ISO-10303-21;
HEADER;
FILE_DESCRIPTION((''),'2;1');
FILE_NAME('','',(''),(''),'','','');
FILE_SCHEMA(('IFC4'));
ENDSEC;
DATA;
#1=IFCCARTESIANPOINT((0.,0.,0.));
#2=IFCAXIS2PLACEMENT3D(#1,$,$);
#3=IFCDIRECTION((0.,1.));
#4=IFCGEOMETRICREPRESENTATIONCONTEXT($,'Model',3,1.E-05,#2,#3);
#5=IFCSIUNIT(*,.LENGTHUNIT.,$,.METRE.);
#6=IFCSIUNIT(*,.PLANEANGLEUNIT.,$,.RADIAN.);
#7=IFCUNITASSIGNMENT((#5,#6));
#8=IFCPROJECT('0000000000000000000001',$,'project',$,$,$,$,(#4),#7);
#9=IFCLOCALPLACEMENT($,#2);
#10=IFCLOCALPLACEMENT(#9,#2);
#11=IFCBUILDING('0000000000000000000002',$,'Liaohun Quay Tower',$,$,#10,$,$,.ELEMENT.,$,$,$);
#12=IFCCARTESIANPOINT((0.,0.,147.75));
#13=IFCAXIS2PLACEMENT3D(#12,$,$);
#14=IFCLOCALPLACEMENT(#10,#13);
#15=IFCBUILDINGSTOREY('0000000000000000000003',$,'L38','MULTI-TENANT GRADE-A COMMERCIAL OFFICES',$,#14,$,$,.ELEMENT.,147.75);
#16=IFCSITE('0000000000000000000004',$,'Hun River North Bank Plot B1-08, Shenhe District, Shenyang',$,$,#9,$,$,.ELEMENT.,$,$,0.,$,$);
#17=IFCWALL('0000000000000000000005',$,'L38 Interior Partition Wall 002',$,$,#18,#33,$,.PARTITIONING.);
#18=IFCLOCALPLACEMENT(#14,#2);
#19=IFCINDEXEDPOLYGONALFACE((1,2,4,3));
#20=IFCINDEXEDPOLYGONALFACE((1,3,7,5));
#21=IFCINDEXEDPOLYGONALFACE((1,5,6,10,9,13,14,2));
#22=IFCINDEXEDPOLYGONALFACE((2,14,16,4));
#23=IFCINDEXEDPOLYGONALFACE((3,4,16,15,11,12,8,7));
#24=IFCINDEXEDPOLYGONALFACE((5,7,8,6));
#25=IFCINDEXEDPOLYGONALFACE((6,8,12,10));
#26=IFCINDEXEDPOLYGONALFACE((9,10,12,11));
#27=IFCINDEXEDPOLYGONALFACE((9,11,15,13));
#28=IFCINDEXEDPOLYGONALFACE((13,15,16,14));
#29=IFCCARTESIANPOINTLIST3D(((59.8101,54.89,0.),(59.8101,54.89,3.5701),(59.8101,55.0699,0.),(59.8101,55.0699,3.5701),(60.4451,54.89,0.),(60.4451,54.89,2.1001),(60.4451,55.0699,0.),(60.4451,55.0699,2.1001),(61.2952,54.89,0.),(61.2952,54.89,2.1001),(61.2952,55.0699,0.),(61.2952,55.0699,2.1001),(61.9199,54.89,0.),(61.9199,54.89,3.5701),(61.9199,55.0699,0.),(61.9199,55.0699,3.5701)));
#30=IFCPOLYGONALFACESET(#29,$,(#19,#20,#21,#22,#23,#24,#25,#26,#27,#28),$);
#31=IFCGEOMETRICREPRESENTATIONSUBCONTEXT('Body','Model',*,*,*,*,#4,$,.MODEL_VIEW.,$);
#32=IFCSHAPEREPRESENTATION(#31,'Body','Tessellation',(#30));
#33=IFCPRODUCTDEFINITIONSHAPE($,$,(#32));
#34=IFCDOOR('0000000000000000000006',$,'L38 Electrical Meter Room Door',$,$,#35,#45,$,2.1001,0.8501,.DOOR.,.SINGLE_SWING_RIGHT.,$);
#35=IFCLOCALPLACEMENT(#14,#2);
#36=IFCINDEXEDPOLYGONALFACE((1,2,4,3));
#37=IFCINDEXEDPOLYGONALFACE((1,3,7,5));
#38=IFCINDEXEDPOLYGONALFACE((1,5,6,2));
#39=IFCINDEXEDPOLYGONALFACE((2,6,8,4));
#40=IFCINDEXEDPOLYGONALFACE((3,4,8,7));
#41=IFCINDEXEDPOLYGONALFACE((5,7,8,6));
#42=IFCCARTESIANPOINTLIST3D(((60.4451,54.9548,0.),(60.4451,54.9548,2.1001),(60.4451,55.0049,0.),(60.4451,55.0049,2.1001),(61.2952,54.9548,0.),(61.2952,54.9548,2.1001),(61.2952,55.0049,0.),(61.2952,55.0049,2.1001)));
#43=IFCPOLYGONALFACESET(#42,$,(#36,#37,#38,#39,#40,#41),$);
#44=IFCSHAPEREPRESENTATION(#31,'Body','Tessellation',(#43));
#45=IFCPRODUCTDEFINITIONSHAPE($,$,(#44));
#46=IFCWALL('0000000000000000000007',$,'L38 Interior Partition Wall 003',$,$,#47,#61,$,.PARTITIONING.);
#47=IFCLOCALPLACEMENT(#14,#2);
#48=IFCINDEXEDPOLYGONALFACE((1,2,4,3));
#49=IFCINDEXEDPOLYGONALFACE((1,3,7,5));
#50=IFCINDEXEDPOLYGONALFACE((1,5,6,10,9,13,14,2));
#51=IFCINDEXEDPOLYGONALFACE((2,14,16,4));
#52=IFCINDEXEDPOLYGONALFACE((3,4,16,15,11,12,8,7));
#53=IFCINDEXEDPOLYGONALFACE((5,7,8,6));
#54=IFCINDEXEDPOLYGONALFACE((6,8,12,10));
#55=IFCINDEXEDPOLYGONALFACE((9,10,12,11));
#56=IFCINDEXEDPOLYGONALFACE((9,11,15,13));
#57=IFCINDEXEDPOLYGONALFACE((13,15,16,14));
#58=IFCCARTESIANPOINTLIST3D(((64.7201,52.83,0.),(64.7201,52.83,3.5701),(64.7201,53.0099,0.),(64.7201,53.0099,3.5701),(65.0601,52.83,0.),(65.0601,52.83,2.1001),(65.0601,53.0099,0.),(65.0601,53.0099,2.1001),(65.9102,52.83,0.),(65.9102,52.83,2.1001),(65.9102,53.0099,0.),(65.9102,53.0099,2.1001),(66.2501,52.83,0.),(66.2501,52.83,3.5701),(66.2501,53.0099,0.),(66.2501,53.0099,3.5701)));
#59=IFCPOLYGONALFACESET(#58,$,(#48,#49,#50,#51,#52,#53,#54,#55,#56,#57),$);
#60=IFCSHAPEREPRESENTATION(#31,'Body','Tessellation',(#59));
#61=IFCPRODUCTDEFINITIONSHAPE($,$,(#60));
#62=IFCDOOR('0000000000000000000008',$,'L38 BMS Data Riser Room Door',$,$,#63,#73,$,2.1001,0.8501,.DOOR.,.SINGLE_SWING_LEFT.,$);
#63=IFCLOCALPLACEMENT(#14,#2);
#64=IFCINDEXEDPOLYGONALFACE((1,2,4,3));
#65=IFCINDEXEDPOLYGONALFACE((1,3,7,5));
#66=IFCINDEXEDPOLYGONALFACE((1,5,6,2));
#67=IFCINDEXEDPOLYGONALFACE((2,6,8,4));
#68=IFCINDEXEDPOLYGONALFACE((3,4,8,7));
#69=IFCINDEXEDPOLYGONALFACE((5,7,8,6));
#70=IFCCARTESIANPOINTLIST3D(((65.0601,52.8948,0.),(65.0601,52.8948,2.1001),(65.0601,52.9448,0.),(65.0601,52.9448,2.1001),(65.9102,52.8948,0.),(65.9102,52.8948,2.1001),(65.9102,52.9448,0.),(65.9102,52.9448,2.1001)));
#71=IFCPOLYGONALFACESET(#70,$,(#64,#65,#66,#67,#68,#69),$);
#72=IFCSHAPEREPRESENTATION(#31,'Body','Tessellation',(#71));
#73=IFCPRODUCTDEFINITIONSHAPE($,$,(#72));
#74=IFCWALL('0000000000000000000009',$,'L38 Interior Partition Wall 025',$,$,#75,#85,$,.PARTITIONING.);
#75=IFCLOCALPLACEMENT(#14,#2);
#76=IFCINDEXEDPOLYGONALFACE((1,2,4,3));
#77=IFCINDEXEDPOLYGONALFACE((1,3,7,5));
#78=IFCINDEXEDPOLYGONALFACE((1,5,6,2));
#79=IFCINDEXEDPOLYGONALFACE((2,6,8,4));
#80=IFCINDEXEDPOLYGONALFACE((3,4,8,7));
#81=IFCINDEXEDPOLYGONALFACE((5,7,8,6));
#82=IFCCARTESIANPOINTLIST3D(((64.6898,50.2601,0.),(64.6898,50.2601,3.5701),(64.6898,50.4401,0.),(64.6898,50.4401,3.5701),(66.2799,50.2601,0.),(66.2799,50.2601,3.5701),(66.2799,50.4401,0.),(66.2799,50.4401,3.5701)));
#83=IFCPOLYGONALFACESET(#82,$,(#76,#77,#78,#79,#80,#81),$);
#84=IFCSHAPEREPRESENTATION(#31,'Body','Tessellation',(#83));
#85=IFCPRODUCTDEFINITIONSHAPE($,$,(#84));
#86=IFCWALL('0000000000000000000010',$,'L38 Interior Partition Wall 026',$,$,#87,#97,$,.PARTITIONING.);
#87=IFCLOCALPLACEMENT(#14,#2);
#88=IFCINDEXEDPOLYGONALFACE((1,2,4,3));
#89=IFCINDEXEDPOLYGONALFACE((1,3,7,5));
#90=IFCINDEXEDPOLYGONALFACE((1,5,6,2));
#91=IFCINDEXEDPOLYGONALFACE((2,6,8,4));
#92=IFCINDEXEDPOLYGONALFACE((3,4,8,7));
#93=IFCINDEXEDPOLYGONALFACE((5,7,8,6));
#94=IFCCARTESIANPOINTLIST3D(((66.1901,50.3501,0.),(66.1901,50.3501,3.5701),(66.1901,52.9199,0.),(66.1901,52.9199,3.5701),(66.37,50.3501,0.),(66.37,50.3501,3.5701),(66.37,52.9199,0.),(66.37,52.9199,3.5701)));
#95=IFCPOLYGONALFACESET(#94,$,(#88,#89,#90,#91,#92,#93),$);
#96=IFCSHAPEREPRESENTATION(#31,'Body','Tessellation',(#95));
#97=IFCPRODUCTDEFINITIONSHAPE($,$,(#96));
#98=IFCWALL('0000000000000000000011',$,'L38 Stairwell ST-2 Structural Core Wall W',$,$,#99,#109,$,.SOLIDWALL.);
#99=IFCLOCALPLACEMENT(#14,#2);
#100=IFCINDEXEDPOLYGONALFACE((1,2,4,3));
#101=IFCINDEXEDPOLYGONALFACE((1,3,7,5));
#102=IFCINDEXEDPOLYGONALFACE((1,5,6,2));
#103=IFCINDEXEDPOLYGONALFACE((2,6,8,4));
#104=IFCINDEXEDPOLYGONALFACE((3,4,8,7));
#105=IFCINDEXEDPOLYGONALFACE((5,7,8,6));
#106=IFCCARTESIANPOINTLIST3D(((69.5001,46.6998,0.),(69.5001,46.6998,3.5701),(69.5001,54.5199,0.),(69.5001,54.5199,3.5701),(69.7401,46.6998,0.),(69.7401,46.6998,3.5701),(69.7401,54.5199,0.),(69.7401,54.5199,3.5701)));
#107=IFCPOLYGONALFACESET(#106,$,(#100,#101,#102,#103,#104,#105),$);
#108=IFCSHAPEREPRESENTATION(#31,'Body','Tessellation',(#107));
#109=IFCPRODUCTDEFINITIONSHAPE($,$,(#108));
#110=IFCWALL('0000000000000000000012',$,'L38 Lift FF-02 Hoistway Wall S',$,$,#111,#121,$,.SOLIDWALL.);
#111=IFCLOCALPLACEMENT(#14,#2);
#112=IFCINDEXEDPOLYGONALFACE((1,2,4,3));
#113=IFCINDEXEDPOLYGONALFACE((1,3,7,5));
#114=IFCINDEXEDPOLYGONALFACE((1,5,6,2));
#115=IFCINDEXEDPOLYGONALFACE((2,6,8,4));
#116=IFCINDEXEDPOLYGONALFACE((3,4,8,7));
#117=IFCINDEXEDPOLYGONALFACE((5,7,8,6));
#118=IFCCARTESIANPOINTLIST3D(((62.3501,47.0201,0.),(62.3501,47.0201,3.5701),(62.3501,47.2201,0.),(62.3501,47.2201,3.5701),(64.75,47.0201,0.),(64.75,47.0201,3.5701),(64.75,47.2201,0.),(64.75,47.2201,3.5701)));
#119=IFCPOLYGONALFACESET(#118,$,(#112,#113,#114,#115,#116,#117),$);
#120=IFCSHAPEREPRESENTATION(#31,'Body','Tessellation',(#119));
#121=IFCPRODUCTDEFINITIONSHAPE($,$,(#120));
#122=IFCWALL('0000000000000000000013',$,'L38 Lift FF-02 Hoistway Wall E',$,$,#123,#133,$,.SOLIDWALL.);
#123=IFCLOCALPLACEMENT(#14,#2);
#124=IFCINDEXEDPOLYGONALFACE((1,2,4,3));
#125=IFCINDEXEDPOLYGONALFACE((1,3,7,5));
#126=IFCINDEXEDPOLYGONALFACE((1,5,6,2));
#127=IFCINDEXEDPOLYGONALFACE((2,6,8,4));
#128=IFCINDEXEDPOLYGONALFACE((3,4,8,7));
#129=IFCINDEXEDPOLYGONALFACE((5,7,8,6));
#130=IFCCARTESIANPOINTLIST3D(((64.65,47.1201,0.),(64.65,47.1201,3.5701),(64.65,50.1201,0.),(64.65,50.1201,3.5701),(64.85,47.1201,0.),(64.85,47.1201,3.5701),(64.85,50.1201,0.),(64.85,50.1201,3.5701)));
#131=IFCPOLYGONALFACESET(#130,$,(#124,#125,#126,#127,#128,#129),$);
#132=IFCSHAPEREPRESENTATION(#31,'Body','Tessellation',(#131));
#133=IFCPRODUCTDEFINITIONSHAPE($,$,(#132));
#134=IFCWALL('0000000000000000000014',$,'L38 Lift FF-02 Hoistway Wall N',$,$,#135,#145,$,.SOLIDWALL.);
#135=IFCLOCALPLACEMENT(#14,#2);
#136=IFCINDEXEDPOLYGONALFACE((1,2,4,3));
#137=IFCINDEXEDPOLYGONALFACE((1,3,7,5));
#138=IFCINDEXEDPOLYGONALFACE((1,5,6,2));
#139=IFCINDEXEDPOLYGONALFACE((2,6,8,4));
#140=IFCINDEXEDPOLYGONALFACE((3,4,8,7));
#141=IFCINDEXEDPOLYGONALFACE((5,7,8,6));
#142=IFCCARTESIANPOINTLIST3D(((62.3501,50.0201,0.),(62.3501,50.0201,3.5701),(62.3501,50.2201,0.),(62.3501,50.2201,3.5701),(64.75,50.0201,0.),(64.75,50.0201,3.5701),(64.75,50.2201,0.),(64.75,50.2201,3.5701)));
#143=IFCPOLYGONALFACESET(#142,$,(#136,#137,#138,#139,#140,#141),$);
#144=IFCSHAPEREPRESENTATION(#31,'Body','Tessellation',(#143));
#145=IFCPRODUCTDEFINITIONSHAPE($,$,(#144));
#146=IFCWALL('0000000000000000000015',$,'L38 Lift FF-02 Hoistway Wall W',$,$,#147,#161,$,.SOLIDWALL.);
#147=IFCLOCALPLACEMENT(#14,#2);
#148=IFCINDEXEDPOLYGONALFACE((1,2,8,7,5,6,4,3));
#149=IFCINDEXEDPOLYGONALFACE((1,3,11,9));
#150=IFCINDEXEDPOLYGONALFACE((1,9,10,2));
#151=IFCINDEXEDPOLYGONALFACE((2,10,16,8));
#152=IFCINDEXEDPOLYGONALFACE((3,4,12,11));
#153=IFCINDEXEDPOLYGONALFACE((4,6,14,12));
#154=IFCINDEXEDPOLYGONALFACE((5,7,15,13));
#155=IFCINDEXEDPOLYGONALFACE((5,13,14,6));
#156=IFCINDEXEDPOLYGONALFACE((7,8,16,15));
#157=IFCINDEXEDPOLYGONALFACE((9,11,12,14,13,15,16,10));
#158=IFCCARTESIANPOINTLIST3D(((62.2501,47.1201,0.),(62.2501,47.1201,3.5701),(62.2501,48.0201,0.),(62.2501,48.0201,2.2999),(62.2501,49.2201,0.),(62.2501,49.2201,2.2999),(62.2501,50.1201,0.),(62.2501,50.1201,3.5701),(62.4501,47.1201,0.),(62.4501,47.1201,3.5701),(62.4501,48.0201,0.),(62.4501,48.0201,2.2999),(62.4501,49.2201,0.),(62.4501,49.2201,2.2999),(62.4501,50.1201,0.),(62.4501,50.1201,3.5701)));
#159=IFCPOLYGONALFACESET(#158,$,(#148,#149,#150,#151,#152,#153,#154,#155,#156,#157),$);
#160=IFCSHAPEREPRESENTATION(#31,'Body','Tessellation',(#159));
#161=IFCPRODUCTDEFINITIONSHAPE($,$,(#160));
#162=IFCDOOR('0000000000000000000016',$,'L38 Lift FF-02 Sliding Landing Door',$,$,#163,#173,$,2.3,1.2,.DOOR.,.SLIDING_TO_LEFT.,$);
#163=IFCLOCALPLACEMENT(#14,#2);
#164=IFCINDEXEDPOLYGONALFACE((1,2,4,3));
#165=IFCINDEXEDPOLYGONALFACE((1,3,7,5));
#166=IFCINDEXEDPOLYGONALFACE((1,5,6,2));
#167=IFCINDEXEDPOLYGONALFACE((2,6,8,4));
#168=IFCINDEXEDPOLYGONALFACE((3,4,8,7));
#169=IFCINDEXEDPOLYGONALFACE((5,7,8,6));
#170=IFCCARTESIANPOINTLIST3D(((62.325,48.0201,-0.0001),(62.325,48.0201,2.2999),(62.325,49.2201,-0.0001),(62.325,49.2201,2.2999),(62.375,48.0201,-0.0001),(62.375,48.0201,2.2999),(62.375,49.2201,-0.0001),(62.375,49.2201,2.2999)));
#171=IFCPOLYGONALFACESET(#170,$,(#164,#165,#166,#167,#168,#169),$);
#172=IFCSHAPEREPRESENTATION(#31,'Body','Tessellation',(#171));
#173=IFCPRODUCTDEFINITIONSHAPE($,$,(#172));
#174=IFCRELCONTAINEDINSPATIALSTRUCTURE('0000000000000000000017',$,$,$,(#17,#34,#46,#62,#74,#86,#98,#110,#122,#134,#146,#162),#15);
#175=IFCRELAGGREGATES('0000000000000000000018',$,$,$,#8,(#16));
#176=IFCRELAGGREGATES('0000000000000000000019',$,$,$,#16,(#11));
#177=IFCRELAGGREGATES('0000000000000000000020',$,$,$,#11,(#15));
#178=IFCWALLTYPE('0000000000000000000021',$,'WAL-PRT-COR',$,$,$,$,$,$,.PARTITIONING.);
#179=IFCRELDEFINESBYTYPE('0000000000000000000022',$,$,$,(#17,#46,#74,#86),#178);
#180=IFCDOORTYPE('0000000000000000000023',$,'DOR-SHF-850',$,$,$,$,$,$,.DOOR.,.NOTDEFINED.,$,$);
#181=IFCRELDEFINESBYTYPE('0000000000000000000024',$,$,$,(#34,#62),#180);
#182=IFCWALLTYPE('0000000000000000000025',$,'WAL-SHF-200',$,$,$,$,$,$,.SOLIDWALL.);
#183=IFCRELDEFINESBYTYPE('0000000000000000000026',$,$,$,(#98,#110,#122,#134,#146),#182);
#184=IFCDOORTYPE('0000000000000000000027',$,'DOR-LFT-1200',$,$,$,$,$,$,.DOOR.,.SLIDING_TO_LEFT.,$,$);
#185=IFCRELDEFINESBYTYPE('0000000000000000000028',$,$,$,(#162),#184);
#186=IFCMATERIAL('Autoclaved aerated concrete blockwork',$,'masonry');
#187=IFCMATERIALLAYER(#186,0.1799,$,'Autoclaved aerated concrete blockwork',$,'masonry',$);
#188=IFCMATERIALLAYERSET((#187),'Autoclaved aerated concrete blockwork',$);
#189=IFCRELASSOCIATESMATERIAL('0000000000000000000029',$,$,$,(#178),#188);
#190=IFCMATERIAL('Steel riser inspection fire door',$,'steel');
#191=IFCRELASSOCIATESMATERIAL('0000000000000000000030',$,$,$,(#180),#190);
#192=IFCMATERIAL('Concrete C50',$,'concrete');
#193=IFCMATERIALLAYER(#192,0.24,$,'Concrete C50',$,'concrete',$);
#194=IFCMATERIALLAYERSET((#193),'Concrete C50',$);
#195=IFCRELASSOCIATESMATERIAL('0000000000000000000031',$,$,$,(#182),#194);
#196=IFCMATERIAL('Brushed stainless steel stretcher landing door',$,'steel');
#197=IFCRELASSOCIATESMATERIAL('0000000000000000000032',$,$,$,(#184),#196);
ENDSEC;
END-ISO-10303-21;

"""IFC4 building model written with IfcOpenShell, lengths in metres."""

from ifc_helpers import new_model, si_unit, direction, frame, frame_2d, origin, place, context, subcontext, project, spatial, rectangle, extrude, source, transform, mapped, material, layer, layer_set, type_object, element, fill, save


model = new_model("IFC4")

# Units and contexts
model_context = context("Model", 3, precision=1e-05, world=origin(), true_north=direction((0.0, 1.0)))
body_context = subcontext(model_context, "Body", "Model", "MODEL_VIEW")
ifc_project = project(units=[si_unit("LENGTHUNIT", "METRE"), si_unit("PLANEANGLEUNIT", "RADIAN")], contexts=[model_context])

# Site, building, storey
site_placement = place(None, origin())
site = spatial("IfcSite", under=ifc_project, at=site_placement, Name="Hun River North Bank Plot B1-08, Shenhe District, Shenyang", CompositionType="ELEMENT", RefElevation=0.0)
building_placement = place(site_placement, origin())
building = spatial("IfcBuilding", under=site, at=building_placement, Name="Liaohun Quay Tower", CompositionType="ELEMENT")
storey_placement = place(building_placement, frame((0.0, 0.0, 147.75)))
storey = spatial("IfcBuildingStorey", under=building, at=storey_placement, Name="L38", Description="MULTI-TENANT GRADE-A COMMERCIAL OFFICES", CompositionType="ELEMENT", Elevation=147.75)

# Walls, openings, doors
ifc_material_1 = material(Name="Autoclaved aerated concrete blockwork", Category="masonry")
ifc_layer_1 = layer(ifc_material_1, 0.1799, Name="Autoclaved aerated concrete blockwork", Category="masonry")
ifc_layer_set_1 = layer_set([ifc_layer_1], Name="Autoclaved aerated concrete blockwork")
wall_type_1 = type_object("IfcWallType", Name="WAL-PRT-COR", PredefinedType="PARTITIONING", material=ifc_layer_set_1)
wall_1_placement = place(storey_placement, frame((59.8101, 54.98, 0.0), z_axis=(0.0, 0.0, 1.0), x_axis=(1.0, 0.0, 0.0)))
wall_1 = element("IfcWall", 1, at=wall_1_placement, inside=storey, type_object=wall_type_1, Name="L38 Interior Partition Wall 002", PredefinedType="PARTITIONING", context=body_context, shape_type="SweptSolid", body=[
    extrude(rectangle(XDim=2.1099, YDim=0.1799, at=frame_2d((1.0549, 0.0))), origin(), (0.0, 0.0, 1.0), 3.5701),
])
shared_shape_1 = source(origin(), body_context, "Body", "SweptSolid", [
    extrude(rectangle(XDim=0.8501, YDim=2.1001, at=frame_2d((0.425, 1.05))), frame((0.0, 0.0999, 0.0), z_axis=(0.0, -1.0, 0.0), x_axis=(1.0, 0.0, 0.0)), (0.0, 0.0, 1.0), 0.2),
])
opening_1_placement = place(wall_1_placement, frame((0.635, 0.0, 0.0)))
opening_1 = element("IfcOpeningElement", 2, at=opening_1_placement, cuts=wall_1, PredefinedType="OPENING", context=body_context, shape_type="MappedRepresentation", body=[
    mapped(shared_shape_1, transform((0.0, 0.0, 0.0), x_axis=(1.0, 0.0, 0.0), y_axis=(0.0, 1.0, 0.0), z_axis=(0.0, 0.0, 1.0), scale=1.0)),
])
ifc_material_2 = material(Name="Steel riser inspection fire door", Category="steel")
door_type_1 = type_object("IfcDoorType", Name="DOR-SHF-850", OperationType="NOTDEFINED", PredefinedType="DOOR", material=ifc_material_2)
shared_shape_2 = source(origin(), body_context, "Body", "SweptSolid", [
    extrude(rectangle(XDim=0.8501, YDim=2.1001, at=frame_2d((0.425, 1.05))), frame((0.0, 0.0249, 0.0), z_axis=(0.0, -1.0, 0.0), x_axis=(1.0, 0.0, 0.0)), (0.0, 0.0, 1.0), 0.05),
])
door_1_placement = place(opening_1_placement, origin())
door_1 = element("IfcDoor", 3, at=door_1_placement, inside=storey, type_object=door_type_1, Name="L38 Electrical Meter Room Door", OperationType="SINGLE_SWING_RIGHT", OverallHeight=2.1001, OverallWidth=0.8501, PredefinedType="DOOR", context=body_context, shape_type="MappedRepresentation", body=[
    mapped(shared_shape_2, transform((0.0, 0.0, 0.0), x_axis=(1.0, 0.0, 0.0), y_axis=(0.0, 1.0, 0.0), z_axis=(0.0, 0.0, 1.0), scale=1.0)),
])
fill(opening_1, door_1)
wall_2_placement = place(storey_placement, frame((64.72, 52.9199, 0.0), z_axis=(0.0, 0.0, 1.0), x_axis=(1.0, 0.0, 0.0)))
wall_2 = element("IfcWall", 4, at=wall_2_placement, inside=storey, type_object=wall_type_1, Name="L38 Interior Partition Wall 003", PredefinedType="PARTITIONING", context=body_context, shape_type="SweptSolid", body=[
    extrude(rectangle(XDim=1.53, YDim=0.1799, at=frame_2d((0.7651, 0.0))), origin(), (0.0, 0.0, 1.0), 3.5701),
])
opening_2_placement = place(wall_2_placement, frame((0.3401, 0.0, 0.0)))
opening_2 = element("IfcOpeningElement", 5, at=opening_2_placement, cuts=wall_2, PredefinedType="OPENING", context=body_context, shape_type="MappedRepresentation", body=[
    mapped(shared_shape_1, transform((0.0, 0.0, 0.0), x_axis=(1.0, 0.0, 0.0), y_axis=(0.0, 1.0, 0.0), z_axis=(0.0, 0.0, 1.0), scale=1.0)),
])
door_2_placement = place(opening_2_placement, origin())
door_2 = element("IfcDoor", 6, at=door_2_placement, inside=storey, type_object=door_type_1, Name="L38 BMS Data Riser Room Door", OperationType="SINGLE_SWING_LEFT", OverallHeight=2.1001, OverallWidth=0.8501, PredefinedType="DOOR", context=body_context, shape_type="MappedRepresentation", body=[
    mapped(shared_shape_2, transform((0.0, 0.0, 0.0), x_axis=(1.0, 0.0, 0.0), y_axis=(0.0, 1.0, 0.0), z_axis=(0.0, 0.0, 1.0), scale=1.0)),
])
fill(opening_2, door_2)

# Walls
wall_3_placement = place(storey_placement, frame((64.6899, 50.3501, 0.0), z_axis=(0.0, 0.0, 1.0), x_axis=(1.0, 0.0, 0.0)))
element("IfcWall", 7, at=wall_3_placement, inside=storey, type_object=wall_type_1, Name="L38 Interior Partition Wall 025", PredefinedType="PARTITIONING", context=body_context, shape_type="SweptSolid", body=[
    extrude(rectangle(XDim=1.5901, YDim=0.1799, at=frame_2d((0.7949, 0.0))), origin(), (0.0, 0.0, 1.0), 3.5701),
])
wall_4_placement = place(storey_placement, frame((66.28, 50.3501, 0.0), z_axis=(0.0, 0.0, 1.0), x_axis=(0.0, 1.0, 0.0)))
element("IfcWall", 8, at=wall_4_placement, inside=storey, type_object=wall_type_1, Name="L38 Interior Partition Wall 026", PredefinedType="PARTITIONING", context=body_context, shape_type="SweptSolid", body=[
    extrude(rectangle(XDim=2.5698, YDim=0.1799, at=frame_2d((1.2849, 0.0))), origin(), (0.0, 0.0, 1.0), 3.5701),
])
ifc_material_3 = material(Name="Concrete C50", Category="concrete")
ifc_layer_2 = layer(ifc_material_3, 0.24, Name="Concrete C50", Category="concrete")
ifc_layer_set_2 = layer_set([ifc_layer_2], Name="Concrete C50")
wall_type_2 = type_object("IfcWallType", Name="WAL-SHF-200", PredefinedType="SOLIDWALL", material=ifc_layer_set_2)
wall_5_placement = place(storey_placement, frame((69.6201, 54.52, 0.0), z_axis=(0.0, 0.0, 1.0), x_axis=(0.0, -1.0, 0.0)))
element("IfcWall", 9, at=wall_5_placement, inside=storey, type_object=wall_type_2, Name="L38 Stairwell ST-2 Structural Core Wall W", PredefinedType="SOLIDWALL", context=body_context, shape_type="SweptSolid", body=[
    extrude(rectangle(XDim=7.8201, YDim=0.24, at=frame_2d((3.9102, 0.0))), origin(), (0.0, 0.0, 1.0), 3.5701),
])
wall_6_placement = place(storey_placement, frame((62.3501, 47.1201, 0.0), z_axis=(0.0, 0.0, 1.0), x_axis=(1.0, 0.0, 0.0)))
element("IfcWall", 10, at=wall_6_placement, inside=storey, type_object=wall_type_2, Name="L38 Lift FF-02 Hoistway Wall S", PredefinedType="SOLIDWALL", context=body_context, shape_type="SweptSolid", body=[
    extrude(rectangle(XDim=2.3999, YDim=0.2, at=frame_2d((1.2, 0.0))), origin(), (0.0, 0.0, 1.0), 3.5701),
])
wall_7_placement = place(storey_placement, frame((64.75, 47.1201, 0.0), z_axis=(0.0, 0.0, 1.0), x_axis=(0.0, 1.0, 0.0)))
element("IfcWall", 11, at=wall_7_placement, inside=storey, type_object=wall_type_2, Name="L38 Lift FF-02 Hoistway Wall E", PredefinedType="SOLIDWALL", context=body_context, shape_type="SweptSolid", body=[
    extrude(rectangle(XDim=3.0, YDim=0.2, at=frame_2d((1.5, 0.0))), origin(), (0.0, 0.0, 1.0), 3.5701),
])
wall_8_placement = place(storey_placement, frame((64.75, 50.1201, 0.0), z_axis=(0.0, 0.0, 1.0), x_axis=(-1.0, 0.0, 0.0)))
element("IfcWall", 12, at=wall_8_placement, inside=storey, type_object=wall_type_2, Name="L38 Lift FF-02 Hoistway Wall N", PredefinedType="SOLIDWALL", context=body_context, shape_type="SweptSolid", body=[
    extrude(rectangle(XDim=2.3999, YDim=0.2, at=frame_2d((1.2, 0.0))), origin(), (0.0, 0.0, 1.0), 3.5701),
])

# Wall, opening, door
wall_9_placement = place(storey_placement, frame((62.3501, 50.1201, 0.0), z_axis=(0.0, 0.0, 1.0), x_axis=(0.0, -1.0, 0.0)))
wall_9 = element("IfcWall", 13, at=wall_9_placement, inside=storey, type_object=wall_type_2, Name="L38 Lift FF-02 Hoistway Wall W", PredefinedType="SOLIDWALL", context=body_context, shape_type="SweptSolid", body=[
    extrude(rectangle(XDim=3.0, YDim=0.2, at=frame_2d((1.5, 0.0))), origin(), (0.0, 0.0, 1.0), 3.5701),
])
shared_shape_3 = source(origin(), body_context, "Body", "SweptSolid", [
    extrude(rectangle(XDim=1.2, YDim=2.3, at=frame_2d((0.6001, 1.1499))), frame((0.0, 0.1099, 0.0), z_axis=(0.0, -1.0, 0.0), x_axis=(1.0, 0.0, 0.0)), (0.0, 0.0, 1.0), 0.22),
])
opening_3_placement = place(wall_9_placement, frame((0.8999, 0.0, 0.0)))
opening_3 = element("IfcOpeningElement", 14, at=opening_3_placement, cuts=wall_9, PredefinedType="OPENING", context=body_context, shape_type="MappedRepresentation", body=[
    mapped(shared_shape_3, transform((0.0, 0.0, 0.0), x_axis=(1.0, 0.0, 0.0), y_axis=(0.0, 1.0, 0.0), z_axis=(0.0, 0.0, 1.0), scale=1.0)),
])
ifc_material_4 = material(Name="Brushed stainless steel stretcher landing door", Category="steel")
door_type_2 = type_object("IfcDoorType", Name="DOR-LFT-1200", OperationType="SLIDING_TO_LEFT", PredefinedType="DOOR", material=ifc_material_4)
shared_shape_4 = source(origin(), body_context, "Body", "SweptSolid", [
    extrude(rectangle(XDim=1.2, YDim=2.3, at=frame_2d((0.6001, 1.1499))), frame((0.0, 0.0249, 0.0), z_axis=(0.0, -1.0, 0.0), x_axis=(1.0, 0.0, 0.0)), (0.0, 0.0, 1.0), 0.05),
])
door_3_placement = place(opening_3_placement, origin())
door_3 = element("IfcDoor", 15, at=door_3_placement, inside=storey, type_object=door_type_2, Name="L38 Lift FF-02 Sliding Landing Door", OperationType="SLIDING_TO_LEFT", OverallHeight=2.3, OverallWidth=1.2, PredefinedType="DOOR", context=body_context, shape_type="MappedRepresentation", body=[
    mapped(shared_shape_4, transform((0.0, 0.0, 0.0), x_axis=(1.0, 0.0, 0.0), y_axis=(0.0, 1.0, 0.0), z_axis=(0.0, 0.0, 1.0), scale=1.0)),
])
fill(opening_3, door_3)

save(model, "model.ifc")
